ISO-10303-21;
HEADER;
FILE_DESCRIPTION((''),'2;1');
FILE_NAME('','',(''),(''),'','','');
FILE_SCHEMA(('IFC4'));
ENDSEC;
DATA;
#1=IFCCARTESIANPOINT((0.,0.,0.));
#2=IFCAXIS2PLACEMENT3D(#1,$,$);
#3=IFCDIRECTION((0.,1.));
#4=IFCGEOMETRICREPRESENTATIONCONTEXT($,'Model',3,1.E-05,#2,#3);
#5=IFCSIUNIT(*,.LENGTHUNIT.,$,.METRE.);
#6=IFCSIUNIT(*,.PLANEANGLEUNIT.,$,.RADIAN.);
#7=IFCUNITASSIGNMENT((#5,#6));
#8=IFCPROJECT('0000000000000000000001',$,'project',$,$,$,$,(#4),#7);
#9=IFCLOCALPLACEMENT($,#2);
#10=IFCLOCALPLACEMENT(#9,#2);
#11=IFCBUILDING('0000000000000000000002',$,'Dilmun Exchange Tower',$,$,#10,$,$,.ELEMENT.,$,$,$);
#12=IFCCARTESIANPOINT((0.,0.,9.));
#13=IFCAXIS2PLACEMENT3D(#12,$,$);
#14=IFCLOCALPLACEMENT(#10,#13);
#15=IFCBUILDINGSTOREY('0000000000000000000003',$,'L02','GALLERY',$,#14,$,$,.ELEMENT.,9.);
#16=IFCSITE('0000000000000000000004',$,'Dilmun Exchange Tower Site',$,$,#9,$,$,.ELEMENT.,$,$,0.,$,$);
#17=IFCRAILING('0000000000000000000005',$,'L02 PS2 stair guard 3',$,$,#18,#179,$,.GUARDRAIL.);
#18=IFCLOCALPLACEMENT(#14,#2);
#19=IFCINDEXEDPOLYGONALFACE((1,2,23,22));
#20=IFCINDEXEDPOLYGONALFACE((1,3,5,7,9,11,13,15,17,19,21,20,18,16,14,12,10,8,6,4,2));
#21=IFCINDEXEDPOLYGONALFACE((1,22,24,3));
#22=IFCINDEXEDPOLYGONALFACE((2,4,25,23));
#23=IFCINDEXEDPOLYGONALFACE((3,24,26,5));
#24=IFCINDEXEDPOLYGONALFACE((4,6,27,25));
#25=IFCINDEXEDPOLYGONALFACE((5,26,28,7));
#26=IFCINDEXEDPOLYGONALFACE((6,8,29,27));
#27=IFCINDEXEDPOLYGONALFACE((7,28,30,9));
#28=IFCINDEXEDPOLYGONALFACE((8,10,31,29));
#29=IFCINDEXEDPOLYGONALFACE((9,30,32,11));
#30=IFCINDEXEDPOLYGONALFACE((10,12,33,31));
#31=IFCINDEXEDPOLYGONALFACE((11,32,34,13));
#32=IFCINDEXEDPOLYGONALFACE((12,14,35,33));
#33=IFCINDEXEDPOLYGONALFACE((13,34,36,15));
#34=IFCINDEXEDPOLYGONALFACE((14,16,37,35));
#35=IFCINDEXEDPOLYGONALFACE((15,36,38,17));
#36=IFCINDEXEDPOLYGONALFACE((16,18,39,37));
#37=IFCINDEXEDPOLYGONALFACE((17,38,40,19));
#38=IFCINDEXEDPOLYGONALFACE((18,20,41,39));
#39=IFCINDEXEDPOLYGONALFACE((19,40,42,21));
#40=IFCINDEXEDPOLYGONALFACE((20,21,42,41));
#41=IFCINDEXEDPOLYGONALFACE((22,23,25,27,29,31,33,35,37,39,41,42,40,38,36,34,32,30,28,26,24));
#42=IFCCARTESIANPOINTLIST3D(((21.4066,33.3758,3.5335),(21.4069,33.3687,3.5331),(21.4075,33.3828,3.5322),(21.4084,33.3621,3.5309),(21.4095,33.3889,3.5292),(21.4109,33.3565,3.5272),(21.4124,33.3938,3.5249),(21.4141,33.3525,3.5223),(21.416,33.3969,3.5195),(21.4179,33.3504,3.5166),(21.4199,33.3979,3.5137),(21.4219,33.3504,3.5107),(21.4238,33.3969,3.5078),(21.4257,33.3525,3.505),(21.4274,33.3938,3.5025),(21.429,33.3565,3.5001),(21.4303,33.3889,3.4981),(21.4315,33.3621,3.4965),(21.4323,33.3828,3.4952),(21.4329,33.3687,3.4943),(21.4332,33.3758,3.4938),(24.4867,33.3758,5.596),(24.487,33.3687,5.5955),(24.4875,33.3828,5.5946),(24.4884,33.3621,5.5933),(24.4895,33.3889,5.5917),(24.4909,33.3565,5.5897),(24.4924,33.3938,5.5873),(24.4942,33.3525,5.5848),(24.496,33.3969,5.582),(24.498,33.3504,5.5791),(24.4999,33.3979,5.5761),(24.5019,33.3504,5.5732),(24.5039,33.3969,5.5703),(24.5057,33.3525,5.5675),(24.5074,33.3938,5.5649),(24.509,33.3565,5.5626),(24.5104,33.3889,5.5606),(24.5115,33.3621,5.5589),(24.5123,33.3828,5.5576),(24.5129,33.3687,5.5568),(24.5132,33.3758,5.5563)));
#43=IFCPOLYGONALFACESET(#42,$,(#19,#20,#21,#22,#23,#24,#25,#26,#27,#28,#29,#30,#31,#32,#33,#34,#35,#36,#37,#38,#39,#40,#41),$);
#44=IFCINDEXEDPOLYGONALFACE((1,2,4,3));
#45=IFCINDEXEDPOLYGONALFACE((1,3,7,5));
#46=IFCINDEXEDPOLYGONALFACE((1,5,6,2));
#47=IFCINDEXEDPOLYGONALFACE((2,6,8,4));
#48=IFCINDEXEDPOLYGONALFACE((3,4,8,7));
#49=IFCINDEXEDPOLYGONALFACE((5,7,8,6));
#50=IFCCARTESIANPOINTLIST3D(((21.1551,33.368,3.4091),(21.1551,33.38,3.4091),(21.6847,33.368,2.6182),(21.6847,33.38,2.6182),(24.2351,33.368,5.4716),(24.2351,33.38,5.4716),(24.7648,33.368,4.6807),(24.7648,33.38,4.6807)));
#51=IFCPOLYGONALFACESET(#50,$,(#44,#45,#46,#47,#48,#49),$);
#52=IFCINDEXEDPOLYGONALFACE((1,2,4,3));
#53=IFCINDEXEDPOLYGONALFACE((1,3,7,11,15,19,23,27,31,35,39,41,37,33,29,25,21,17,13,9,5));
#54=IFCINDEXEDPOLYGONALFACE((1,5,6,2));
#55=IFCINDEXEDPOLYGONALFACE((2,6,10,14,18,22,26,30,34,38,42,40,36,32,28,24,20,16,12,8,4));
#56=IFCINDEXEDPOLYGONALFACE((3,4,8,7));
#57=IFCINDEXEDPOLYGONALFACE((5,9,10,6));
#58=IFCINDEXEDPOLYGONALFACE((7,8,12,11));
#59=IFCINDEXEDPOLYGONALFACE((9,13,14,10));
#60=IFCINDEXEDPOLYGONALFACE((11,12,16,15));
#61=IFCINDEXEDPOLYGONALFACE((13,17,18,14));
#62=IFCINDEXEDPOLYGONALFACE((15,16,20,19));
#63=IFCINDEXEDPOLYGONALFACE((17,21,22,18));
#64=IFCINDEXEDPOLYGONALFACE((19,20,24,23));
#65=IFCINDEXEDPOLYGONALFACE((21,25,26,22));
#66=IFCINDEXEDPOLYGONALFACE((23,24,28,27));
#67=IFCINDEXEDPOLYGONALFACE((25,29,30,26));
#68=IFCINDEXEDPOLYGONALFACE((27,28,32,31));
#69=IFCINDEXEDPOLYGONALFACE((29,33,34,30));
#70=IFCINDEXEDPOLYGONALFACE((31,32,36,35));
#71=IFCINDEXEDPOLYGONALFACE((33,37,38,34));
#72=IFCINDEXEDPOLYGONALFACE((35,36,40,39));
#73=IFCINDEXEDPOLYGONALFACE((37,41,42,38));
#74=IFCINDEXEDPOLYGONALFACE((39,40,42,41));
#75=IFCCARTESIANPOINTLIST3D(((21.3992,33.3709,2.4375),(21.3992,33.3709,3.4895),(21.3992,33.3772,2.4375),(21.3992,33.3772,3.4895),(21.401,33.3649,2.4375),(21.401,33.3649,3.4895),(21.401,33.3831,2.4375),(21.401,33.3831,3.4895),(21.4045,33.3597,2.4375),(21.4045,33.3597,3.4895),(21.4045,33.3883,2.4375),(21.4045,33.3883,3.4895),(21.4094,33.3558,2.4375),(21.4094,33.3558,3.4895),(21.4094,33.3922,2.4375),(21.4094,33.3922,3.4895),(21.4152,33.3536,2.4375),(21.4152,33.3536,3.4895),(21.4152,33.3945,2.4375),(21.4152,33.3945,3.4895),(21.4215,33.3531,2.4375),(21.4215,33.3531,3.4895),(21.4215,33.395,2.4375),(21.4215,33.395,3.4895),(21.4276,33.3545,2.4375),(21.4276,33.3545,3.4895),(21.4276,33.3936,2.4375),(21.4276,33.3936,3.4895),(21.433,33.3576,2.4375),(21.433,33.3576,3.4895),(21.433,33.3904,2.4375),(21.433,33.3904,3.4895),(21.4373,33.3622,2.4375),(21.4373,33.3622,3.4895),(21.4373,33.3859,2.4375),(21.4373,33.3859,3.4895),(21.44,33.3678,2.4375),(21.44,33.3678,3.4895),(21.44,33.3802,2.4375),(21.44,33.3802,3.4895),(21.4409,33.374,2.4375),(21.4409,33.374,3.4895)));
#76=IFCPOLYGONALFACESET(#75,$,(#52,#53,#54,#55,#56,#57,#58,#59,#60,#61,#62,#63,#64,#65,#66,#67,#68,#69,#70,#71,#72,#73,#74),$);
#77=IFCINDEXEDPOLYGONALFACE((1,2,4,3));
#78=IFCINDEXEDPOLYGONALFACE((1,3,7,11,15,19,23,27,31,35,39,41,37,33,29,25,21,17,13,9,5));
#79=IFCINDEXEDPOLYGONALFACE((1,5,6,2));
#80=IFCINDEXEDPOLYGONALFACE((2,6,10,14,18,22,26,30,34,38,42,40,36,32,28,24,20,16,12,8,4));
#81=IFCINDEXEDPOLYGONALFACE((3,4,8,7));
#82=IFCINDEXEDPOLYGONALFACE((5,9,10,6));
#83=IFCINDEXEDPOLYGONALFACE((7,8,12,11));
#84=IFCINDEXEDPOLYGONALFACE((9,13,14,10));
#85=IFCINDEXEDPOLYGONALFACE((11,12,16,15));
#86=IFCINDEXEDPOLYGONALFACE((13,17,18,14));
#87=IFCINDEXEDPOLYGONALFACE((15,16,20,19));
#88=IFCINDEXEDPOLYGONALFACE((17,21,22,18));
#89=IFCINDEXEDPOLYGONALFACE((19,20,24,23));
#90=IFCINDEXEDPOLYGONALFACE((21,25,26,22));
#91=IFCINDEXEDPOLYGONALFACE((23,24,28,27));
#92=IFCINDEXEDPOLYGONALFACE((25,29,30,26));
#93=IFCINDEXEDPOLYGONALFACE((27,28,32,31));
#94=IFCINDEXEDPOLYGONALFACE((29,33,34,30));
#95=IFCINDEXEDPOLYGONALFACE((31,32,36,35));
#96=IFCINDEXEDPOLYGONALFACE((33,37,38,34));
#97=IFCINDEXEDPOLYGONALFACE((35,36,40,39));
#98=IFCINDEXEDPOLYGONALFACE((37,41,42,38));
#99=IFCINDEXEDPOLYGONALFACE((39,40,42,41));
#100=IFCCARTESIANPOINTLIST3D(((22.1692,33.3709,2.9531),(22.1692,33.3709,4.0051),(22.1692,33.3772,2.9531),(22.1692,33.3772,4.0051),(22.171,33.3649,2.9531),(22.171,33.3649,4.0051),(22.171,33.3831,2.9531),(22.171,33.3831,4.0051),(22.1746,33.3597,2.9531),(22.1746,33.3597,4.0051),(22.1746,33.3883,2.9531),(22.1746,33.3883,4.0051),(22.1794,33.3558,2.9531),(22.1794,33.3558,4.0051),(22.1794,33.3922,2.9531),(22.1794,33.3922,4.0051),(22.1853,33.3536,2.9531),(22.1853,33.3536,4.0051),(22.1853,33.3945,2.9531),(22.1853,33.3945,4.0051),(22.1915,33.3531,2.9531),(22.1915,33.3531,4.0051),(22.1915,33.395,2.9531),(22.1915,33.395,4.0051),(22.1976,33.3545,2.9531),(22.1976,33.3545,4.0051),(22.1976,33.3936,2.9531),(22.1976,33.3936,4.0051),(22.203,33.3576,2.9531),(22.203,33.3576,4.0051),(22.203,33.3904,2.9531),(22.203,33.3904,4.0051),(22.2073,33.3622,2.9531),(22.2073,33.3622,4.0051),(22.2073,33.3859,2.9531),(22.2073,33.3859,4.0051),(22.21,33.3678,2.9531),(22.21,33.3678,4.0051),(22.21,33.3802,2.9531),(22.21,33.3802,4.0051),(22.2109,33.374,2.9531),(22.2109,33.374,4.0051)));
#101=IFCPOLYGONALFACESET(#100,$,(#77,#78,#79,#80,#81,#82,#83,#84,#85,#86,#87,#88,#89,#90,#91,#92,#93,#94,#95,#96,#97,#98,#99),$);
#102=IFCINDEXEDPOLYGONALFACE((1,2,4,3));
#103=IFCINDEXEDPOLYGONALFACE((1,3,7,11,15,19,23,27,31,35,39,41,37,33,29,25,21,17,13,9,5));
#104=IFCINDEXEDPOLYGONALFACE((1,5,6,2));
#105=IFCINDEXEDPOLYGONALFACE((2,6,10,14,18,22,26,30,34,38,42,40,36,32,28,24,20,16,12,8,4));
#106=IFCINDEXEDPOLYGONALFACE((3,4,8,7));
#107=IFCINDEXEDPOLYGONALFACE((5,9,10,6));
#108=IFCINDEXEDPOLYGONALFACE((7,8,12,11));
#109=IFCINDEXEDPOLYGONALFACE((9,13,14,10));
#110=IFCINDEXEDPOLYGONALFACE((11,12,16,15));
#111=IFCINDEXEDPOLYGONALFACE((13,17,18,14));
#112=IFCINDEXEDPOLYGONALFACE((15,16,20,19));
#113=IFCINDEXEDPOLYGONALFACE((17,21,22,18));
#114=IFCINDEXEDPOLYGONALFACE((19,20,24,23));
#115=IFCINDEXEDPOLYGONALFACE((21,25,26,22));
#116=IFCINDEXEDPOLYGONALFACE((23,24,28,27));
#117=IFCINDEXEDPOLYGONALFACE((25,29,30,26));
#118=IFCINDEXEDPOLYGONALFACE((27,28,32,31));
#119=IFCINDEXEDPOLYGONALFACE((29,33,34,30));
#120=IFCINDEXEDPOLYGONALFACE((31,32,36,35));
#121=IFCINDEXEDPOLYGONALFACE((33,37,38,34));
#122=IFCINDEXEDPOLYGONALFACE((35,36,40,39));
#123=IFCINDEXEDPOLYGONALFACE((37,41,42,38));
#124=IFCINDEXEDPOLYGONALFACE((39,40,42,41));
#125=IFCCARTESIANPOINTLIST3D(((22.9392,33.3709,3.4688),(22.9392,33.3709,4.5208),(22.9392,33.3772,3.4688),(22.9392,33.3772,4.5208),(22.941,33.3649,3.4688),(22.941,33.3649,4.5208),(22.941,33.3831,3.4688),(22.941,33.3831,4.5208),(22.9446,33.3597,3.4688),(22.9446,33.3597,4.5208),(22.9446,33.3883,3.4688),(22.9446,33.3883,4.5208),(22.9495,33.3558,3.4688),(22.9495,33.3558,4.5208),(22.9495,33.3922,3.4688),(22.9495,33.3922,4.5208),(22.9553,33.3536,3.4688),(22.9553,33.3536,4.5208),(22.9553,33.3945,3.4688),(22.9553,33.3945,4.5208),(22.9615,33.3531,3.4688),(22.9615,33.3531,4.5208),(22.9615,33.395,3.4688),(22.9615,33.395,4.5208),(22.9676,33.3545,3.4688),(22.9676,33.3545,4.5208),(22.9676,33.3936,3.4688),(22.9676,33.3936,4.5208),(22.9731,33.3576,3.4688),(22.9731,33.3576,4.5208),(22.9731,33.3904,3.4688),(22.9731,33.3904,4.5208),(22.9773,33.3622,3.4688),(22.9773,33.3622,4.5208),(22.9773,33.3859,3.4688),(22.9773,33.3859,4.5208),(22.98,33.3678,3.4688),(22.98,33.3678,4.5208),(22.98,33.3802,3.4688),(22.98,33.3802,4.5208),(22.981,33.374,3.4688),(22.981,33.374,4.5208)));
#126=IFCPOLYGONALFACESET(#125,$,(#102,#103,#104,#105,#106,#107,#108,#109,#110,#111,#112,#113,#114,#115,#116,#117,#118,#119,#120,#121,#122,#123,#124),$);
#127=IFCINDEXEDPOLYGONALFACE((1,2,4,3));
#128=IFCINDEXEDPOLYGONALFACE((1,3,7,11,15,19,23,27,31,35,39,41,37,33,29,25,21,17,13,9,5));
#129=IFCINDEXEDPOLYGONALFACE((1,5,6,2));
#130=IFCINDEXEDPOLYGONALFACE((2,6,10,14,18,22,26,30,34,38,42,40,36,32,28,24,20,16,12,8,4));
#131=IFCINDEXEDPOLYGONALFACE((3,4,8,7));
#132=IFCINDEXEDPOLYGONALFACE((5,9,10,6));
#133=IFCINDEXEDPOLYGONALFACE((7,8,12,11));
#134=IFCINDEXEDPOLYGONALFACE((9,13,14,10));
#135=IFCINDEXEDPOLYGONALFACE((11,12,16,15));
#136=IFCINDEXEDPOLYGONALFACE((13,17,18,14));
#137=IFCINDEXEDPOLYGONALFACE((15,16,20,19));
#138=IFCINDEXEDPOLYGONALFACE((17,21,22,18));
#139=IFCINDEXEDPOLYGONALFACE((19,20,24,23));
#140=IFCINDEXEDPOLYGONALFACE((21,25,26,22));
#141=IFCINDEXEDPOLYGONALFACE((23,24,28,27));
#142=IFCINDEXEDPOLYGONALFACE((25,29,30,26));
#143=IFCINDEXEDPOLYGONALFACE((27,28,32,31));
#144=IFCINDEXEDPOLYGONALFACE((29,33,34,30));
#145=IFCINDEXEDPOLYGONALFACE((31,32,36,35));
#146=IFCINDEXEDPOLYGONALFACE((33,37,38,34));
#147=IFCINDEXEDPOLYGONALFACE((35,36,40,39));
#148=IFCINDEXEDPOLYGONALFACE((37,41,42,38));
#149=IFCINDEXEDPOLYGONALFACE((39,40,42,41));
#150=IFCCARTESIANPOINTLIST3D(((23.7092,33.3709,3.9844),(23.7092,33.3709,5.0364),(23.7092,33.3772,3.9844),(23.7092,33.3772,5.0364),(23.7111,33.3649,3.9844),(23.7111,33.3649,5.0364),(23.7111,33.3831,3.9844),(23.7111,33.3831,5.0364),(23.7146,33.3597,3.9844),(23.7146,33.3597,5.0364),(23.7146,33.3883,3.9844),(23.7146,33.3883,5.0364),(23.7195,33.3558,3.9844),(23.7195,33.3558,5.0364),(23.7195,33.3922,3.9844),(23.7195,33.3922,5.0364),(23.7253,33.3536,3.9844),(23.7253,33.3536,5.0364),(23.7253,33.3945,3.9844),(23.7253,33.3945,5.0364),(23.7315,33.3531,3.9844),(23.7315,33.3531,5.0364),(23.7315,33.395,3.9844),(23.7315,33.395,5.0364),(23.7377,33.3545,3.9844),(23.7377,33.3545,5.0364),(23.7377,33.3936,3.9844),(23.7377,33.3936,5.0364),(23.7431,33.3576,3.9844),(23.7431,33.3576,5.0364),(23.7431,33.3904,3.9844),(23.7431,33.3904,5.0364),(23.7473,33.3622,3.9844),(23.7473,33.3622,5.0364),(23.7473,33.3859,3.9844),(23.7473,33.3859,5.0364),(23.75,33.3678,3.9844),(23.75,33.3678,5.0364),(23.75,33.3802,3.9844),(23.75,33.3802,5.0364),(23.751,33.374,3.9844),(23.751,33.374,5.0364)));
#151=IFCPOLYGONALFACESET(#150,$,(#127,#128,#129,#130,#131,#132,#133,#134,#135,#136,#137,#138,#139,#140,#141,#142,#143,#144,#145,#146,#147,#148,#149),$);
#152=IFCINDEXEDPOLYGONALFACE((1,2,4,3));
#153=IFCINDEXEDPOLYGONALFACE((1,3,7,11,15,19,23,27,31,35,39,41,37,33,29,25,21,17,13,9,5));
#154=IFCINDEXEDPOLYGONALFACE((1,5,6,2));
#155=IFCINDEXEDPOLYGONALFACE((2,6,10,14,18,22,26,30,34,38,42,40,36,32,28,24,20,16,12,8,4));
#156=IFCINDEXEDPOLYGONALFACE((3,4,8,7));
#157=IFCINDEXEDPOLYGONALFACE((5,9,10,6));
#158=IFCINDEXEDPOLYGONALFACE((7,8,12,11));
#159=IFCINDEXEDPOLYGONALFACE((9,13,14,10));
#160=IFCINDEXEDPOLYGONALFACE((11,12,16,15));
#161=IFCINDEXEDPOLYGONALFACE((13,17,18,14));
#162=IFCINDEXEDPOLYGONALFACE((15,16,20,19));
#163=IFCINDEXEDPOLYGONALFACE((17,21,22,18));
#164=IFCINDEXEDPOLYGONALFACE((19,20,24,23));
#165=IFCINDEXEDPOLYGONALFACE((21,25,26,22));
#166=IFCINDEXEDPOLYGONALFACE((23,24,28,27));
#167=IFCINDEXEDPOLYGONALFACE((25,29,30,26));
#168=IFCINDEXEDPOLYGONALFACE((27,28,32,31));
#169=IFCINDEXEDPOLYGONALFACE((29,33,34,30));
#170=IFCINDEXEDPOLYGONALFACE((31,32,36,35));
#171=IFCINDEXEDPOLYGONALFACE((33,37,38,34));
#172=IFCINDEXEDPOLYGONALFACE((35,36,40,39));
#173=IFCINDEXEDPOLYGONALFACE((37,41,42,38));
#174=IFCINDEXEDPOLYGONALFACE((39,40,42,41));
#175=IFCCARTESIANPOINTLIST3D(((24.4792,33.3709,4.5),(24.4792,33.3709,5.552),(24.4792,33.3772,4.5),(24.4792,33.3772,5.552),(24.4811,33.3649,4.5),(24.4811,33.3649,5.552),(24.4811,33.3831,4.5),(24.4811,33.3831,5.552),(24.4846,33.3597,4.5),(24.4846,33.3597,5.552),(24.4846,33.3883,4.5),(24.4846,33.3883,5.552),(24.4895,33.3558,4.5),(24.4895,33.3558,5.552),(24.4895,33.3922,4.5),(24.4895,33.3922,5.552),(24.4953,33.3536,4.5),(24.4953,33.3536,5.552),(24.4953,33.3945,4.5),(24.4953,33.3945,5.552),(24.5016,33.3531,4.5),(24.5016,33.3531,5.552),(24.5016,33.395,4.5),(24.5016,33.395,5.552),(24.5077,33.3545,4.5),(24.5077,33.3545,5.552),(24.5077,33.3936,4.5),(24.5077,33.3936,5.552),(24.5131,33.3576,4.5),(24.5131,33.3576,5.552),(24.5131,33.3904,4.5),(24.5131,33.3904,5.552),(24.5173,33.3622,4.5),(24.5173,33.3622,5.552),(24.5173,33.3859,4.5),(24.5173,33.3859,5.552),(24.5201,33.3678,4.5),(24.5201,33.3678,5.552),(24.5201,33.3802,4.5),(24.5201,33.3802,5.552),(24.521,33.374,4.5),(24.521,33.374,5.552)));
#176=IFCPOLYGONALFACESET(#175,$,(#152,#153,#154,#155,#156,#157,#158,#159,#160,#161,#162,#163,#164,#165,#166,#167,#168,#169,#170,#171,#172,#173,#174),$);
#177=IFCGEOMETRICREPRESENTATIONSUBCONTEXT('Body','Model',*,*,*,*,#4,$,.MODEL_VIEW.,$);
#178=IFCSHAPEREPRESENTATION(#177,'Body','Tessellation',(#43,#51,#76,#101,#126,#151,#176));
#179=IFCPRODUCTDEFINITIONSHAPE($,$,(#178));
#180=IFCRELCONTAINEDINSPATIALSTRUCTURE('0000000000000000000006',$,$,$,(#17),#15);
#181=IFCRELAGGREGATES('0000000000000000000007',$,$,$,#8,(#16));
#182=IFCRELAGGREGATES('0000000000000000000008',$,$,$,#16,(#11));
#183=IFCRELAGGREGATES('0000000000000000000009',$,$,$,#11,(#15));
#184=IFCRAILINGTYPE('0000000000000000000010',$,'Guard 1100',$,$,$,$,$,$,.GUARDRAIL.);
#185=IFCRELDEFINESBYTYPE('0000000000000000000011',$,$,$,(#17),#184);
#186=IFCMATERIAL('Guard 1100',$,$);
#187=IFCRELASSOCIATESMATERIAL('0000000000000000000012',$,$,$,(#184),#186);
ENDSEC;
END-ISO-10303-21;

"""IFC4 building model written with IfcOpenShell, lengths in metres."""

from ifc_helpers import new_model, si_unit, direction, frame, origin, origin_2d, place, context, subcontext, project, spatial, rectangle, circle, extrude, material, type_object, element, save


model = new_model("IFC4")

# Units and contexts
model_context = context("Model", 3, precision=1e-05, world=origin(), true_north=direction((0.0, 1.0)))
body_context = subcontext(model_context, "Body", "Model", "MODEL_VIEW")
ifc_project = project(units=[si_unit("LENGTHUNIT", "METRE"), si_unit("PLANEANGLEUNIT", "RADIAN")], contexts=[model_context])

# Site, building, storey
site_placement = place(None, origin())
site = spatial("IfcSite", under=ifc_project, at=site_placement, Name="Dilmun Exchange Tower Site", CompositionType="ELEMENT", RefElevation=0.0)
building_placement = place(site_placement, origin())
building = spatial("IfcBuilding", under=site, at=building_placement, Name="Dilmun Exchange Tower", CompositionType="ELEMENT")
storey_placement = place(building_placement, frame((0.0, 0.0, 9.0)))
storey = spatial("IfcBuildingStorey", under=building, at=storey_placement, Name="L02", Description="GALLERY", CompositionType="ELEMENT", Elevation=9.0)

# Railing
ifc_material_1 = material(Name="Guard 1100")
railing_type_1 = type_object("IfcRailingType", Name="Guard 1100", PredefinedType="GUARDRAIL", material=ifc_material_1)
railing_1_placement = place(storey_placement, frame((21.4199, 33.374, 2.4375)))
element("IfcRailing", 1, at=railing_1_placement, inside=storey, type_object=railing_type_1, Name="L02 PS2 stair guard 3", PredefinedType="GUARDRAIL", context=body_context, shape_type="SweptSolid", body=[
    extrude(circle(Radius=0.0239, at=origin_2d()), frame((0.0, 0.0, 1.0762), z_axis=(0.830914, 0.0, 0.556401), x_axis=(0.0, 1.0, 0.0)), (0.0, 0.0, 1.0), 3.7068),
    extrude(rectangle(XDim=0.012, YDim=0.9519, at=origin_2d()), frame((0.0, 0.0, 0.5762), z_axis=(0.830914, 0.0, 0.556401), x_axis=(0.0, 1.0, 0.0)), (0.0, 0.0, 1.0), 3.7068),
    extrude(circle(Radius=0.021, at=origin_2d()), origin(), (0.0, 0.0, 1.0), 1.052),
    extrude(circle(Radius=0.021, at=origin_2d()), frame((0.77, 0.0, 0.5156)), (0.0, 0.0, 1.0), 1.052),
    extrude(circle(Radius=0.021, at=origin_2d()), frame((1.54, 0.0, 1.0312)), (0.0, 0.0, 1.0), 1.052),
    extrude(circle(Radius=0.021, at=origin_2d()), frame((2.3101, 0.0, 1.5469)), (0.0, 0.0, 1.0), 1.052),
    extrude(circle(Radius=0.021, at=origin_2d()), frame((3.0801, 0.0, 2.0625)), (0.0, 0.0, 1.0), 1.052),
])

save(model, "model.ifc")
